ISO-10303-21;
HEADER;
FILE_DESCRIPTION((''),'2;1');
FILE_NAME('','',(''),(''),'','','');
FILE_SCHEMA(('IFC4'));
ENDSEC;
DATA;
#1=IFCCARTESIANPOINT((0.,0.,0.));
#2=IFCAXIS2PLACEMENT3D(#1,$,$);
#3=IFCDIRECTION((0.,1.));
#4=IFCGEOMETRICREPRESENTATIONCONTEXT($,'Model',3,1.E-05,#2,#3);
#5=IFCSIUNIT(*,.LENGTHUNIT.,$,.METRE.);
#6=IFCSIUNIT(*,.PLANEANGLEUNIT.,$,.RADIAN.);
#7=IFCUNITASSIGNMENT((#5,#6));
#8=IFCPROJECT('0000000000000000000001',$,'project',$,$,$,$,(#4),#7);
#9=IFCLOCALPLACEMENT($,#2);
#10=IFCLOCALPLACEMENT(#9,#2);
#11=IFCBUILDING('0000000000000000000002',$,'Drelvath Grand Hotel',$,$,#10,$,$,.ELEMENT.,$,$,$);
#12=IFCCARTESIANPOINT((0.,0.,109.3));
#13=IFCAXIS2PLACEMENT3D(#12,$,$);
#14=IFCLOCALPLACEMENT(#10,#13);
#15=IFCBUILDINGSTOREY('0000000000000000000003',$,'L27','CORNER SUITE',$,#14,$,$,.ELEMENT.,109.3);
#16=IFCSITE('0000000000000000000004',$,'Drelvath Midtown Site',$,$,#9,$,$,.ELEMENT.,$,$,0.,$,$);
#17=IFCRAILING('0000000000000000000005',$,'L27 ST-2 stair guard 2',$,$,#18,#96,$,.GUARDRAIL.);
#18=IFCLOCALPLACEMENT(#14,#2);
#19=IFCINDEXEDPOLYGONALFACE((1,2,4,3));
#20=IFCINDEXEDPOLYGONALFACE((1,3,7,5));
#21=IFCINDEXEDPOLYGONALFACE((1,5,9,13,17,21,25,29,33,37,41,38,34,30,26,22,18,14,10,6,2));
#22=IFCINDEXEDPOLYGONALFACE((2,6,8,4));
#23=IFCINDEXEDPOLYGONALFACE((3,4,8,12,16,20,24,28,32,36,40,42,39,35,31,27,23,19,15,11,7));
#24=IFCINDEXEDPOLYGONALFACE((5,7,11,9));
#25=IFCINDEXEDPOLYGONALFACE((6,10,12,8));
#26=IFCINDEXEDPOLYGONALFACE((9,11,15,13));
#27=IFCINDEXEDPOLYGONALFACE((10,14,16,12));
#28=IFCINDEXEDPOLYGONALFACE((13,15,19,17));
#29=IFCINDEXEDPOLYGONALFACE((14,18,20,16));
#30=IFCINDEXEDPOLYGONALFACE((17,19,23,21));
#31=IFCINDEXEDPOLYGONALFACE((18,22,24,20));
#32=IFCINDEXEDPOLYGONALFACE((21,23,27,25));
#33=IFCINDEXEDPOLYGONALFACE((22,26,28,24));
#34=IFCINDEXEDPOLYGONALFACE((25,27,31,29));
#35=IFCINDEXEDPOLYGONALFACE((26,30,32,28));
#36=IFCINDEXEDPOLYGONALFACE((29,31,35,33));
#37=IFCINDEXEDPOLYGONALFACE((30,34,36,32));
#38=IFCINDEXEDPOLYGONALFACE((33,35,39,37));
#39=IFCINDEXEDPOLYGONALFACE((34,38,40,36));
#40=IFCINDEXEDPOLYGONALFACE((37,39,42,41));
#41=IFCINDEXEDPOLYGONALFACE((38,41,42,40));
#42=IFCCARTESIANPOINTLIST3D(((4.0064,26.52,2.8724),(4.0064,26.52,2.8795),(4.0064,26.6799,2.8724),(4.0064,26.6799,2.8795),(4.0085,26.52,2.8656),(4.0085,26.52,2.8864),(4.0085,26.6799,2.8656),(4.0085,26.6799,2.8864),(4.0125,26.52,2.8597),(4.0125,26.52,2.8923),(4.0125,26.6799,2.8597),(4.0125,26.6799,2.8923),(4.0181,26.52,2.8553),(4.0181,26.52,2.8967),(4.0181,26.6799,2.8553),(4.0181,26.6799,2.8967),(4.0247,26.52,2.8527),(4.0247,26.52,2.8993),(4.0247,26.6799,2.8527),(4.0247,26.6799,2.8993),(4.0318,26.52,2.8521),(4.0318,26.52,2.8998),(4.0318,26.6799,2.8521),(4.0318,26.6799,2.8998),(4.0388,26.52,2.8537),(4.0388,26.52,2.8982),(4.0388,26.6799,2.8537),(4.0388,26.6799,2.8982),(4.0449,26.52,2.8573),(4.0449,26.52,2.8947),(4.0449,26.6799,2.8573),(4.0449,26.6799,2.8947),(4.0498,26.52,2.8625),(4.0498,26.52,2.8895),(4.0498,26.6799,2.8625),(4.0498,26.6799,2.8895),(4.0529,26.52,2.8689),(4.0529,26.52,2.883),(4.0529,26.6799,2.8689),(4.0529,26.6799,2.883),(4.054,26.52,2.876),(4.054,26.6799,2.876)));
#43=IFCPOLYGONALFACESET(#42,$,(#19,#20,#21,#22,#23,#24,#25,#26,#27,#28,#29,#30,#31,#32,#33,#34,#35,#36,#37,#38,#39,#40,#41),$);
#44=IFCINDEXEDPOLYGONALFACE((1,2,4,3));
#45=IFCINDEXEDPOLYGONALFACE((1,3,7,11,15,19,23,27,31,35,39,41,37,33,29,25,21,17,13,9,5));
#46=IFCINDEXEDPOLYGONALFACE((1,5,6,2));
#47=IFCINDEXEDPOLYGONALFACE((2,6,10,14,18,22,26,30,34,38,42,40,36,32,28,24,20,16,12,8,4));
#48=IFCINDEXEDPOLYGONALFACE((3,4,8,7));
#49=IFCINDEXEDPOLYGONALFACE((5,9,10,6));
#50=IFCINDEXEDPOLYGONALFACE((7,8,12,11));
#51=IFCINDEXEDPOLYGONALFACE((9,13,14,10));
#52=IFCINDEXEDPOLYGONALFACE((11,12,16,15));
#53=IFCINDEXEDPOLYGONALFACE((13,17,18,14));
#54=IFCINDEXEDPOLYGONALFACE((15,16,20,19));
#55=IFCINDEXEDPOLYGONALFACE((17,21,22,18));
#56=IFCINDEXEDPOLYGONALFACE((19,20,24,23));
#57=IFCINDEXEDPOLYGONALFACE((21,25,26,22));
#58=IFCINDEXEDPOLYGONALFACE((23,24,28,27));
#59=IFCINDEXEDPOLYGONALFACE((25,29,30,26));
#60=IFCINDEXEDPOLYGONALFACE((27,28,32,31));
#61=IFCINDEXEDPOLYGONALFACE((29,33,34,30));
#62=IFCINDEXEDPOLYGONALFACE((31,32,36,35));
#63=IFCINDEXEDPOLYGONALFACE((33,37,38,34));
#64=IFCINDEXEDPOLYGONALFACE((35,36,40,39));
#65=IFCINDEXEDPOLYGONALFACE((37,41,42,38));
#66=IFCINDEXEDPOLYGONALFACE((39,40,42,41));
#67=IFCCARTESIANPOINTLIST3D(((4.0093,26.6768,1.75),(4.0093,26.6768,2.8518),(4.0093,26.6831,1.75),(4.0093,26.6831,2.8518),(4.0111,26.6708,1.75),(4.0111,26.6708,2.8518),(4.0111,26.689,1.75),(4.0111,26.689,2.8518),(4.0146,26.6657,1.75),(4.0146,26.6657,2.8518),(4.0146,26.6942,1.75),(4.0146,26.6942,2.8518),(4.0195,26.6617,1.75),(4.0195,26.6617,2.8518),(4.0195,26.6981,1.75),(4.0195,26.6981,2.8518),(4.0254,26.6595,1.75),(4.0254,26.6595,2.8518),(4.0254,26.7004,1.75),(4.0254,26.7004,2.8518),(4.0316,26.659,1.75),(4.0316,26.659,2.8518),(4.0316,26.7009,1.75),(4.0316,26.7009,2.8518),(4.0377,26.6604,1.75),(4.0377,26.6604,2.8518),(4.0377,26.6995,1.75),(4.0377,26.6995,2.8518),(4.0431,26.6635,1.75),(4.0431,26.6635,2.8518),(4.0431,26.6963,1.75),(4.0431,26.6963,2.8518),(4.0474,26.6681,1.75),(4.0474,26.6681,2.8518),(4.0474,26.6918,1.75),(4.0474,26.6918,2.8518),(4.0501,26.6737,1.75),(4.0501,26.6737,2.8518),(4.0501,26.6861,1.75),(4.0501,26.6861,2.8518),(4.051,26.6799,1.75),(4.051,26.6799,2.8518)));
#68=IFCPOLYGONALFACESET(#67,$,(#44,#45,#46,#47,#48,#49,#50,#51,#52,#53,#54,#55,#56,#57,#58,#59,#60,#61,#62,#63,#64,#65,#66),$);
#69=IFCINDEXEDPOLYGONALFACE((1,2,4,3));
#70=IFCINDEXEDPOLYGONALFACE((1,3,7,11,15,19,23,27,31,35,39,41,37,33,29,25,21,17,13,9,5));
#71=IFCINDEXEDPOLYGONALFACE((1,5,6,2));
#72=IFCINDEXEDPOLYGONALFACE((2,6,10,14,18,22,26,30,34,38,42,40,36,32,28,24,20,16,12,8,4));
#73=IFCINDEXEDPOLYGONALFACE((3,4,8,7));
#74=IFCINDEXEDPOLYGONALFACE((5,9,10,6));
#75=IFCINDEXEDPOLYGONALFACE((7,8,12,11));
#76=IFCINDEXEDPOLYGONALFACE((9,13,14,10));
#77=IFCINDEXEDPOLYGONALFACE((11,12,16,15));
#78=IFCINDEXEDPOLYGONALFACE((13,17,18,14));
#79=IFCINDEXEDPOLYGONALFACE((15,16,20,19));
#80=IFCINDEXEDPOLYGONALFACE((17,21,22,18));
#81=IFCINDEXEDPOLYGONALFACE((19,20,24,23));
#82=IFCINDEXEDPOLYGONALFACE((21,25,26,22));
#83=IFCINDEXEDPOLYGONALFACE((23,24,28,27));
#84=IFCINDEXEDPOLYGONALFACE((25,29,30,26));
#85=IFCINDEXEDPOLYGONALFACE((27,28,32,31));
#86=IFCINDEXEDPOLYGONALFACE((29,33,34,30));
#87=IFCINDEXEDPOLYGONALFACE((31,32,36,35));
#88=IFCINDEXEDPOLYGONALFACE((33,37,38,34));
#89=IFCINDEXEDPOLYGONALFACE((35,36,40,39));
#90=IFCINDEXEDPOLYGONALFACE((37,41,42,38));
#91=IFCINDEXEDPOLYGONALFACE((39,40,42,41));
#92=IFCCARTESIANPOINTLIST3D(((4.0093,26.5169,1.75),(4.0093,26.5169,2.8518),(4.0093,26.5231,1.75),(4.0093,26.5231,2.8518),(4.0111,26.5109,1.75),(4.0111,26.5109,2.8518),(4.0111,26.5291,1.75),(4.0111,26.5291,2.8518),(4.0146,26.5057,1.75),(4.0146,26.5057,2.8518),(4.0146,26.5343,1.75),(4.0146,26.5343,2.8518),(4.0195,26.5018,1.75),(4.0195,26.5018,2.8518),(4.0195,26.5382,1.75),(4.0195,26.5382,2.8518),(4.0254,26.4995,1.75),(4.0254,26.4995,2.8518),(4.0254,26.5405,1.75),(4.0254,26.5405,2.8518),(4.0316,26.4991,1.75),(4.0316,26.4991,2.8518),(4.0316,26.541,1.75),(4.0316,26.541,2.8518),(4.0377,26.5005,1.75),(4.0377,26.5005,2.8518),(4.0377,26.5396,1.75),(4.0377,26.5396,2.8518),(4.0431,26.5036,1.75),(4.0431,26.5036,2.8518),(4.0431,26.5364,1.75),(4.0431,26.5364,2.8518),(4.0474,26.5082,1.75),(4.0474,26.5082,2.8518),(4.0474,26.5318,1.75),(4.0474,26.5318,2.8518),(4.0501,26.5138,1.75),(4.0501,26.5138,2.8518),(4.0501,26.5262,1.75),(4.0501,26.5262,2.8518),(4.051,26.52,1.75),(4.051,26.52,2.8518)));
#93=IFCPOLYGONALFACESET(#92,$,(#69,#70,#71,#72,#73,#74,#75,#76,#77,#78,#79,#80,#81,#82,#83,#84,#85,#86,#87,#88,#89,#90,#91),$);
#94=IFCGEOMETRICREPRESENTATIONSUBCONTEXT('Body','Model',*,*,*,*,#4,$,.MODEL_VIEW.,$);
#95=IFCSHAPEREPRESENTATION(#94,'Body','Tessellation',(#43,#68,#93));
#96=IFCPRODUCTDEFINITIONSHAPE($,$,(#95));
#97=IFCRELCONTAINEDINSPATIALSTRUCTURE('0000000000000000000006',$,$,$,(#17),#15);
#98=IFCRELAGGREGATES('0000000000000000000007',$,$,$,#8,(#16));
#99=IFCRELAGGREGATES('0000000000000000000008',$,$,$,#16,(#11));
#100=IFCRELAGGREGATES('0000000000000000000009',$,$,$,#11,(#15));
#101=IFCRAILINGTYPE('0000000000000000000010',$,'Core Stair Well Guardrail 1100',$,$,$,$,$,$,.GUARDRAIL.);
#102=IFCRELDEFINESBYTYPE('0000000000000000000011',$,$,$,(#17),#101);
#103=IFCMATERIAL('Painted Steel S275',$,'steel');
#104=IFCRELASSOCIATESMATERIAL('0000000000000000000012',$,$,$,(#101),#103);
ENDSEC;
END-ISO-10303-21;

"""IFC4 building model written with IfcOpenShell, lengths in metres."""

from ifc_helpers import new_model, si_unit, direction, frame, origin, origin_2d, place, context, subcontext, project, spatial, circle, extrude, material, type_object, element, save


model = new_model("IFC4")

# Units and contexts
model_context = context("Model", 3, precision=1e-05, world=origin(), true_north=direction((0.0, 1.0)))
body_context = subcontext(model_context, "Body", "Model", "MODEL_VIEW")
ifc_project = project(units=[si_unit("LENGTHUNIT", "METRE"), si_unit("PLANEANGLEUNIT", "RADIAN")], contexts=[model_context])

# Site, building, storey
site_placement = place(None, origin())
site = spatial("IfcSite", under=ifc_project, at=site_placement, Name="Drelvath Midtown Site", CompositionType="ELEMENT", RefElevation=0.0)
building_placement = place(site_placement, origin())
building = spatial("IfcBuilding", under=site, at=building_placement, Name="Drelvath Grand Hotel", CompositionType="ELEMENT")
storey_placement = place(building_placement, frame((0.0, 0.0, 109.3)))
storey = spatial("IfcBuildingStorey", under=building, at=storey_placement, Name="L27", Description="CORNER SUITE", CompositionType="ELEMENT", Elevation=109.3)

# Railing
ifc_material_1 = material(Name="Painted Steel S275", Category="steel")
railing_type_1 = type_object("IfcRailingType", Name="Core Stair Well Guardrail 1100", PredefinedType="GUARDRAIL", material=ifc_material_1)
railing_1_placement = place(storey_placement, frame((4.03, 26.6799, 1.75)))
element("IfcRailing", 1, at=railing_1_placement, inside=storey, type_object=railing_type_1, Name="L27 ST-2 stair guard 2", PredefinedType="GUARDRAIL", context=body_context, shape_type="SweptSolid", body=[
    extrude(circle(Radius=0.0239, at=origin_2d()), frame((0.0, 0.0, 1.126), z_axis=(0.0, -1.0, 0.0), x_axis=(1.0, 0.0, 0.0)), (0.0, 0.0, 1.0), 0.1599),
    extrude(circle(Radius=0.021, at=origin_2d()), origin(), (0.0, 0.0, 1.0), 1.1018),
    extrude(circle(Radius=0.021, at=origin_2d()), frame((0.0, -0.1599, 0.0)), (0.0, 0.0, 1.0), 1.1018),
])

save(model, "model.ifc")
